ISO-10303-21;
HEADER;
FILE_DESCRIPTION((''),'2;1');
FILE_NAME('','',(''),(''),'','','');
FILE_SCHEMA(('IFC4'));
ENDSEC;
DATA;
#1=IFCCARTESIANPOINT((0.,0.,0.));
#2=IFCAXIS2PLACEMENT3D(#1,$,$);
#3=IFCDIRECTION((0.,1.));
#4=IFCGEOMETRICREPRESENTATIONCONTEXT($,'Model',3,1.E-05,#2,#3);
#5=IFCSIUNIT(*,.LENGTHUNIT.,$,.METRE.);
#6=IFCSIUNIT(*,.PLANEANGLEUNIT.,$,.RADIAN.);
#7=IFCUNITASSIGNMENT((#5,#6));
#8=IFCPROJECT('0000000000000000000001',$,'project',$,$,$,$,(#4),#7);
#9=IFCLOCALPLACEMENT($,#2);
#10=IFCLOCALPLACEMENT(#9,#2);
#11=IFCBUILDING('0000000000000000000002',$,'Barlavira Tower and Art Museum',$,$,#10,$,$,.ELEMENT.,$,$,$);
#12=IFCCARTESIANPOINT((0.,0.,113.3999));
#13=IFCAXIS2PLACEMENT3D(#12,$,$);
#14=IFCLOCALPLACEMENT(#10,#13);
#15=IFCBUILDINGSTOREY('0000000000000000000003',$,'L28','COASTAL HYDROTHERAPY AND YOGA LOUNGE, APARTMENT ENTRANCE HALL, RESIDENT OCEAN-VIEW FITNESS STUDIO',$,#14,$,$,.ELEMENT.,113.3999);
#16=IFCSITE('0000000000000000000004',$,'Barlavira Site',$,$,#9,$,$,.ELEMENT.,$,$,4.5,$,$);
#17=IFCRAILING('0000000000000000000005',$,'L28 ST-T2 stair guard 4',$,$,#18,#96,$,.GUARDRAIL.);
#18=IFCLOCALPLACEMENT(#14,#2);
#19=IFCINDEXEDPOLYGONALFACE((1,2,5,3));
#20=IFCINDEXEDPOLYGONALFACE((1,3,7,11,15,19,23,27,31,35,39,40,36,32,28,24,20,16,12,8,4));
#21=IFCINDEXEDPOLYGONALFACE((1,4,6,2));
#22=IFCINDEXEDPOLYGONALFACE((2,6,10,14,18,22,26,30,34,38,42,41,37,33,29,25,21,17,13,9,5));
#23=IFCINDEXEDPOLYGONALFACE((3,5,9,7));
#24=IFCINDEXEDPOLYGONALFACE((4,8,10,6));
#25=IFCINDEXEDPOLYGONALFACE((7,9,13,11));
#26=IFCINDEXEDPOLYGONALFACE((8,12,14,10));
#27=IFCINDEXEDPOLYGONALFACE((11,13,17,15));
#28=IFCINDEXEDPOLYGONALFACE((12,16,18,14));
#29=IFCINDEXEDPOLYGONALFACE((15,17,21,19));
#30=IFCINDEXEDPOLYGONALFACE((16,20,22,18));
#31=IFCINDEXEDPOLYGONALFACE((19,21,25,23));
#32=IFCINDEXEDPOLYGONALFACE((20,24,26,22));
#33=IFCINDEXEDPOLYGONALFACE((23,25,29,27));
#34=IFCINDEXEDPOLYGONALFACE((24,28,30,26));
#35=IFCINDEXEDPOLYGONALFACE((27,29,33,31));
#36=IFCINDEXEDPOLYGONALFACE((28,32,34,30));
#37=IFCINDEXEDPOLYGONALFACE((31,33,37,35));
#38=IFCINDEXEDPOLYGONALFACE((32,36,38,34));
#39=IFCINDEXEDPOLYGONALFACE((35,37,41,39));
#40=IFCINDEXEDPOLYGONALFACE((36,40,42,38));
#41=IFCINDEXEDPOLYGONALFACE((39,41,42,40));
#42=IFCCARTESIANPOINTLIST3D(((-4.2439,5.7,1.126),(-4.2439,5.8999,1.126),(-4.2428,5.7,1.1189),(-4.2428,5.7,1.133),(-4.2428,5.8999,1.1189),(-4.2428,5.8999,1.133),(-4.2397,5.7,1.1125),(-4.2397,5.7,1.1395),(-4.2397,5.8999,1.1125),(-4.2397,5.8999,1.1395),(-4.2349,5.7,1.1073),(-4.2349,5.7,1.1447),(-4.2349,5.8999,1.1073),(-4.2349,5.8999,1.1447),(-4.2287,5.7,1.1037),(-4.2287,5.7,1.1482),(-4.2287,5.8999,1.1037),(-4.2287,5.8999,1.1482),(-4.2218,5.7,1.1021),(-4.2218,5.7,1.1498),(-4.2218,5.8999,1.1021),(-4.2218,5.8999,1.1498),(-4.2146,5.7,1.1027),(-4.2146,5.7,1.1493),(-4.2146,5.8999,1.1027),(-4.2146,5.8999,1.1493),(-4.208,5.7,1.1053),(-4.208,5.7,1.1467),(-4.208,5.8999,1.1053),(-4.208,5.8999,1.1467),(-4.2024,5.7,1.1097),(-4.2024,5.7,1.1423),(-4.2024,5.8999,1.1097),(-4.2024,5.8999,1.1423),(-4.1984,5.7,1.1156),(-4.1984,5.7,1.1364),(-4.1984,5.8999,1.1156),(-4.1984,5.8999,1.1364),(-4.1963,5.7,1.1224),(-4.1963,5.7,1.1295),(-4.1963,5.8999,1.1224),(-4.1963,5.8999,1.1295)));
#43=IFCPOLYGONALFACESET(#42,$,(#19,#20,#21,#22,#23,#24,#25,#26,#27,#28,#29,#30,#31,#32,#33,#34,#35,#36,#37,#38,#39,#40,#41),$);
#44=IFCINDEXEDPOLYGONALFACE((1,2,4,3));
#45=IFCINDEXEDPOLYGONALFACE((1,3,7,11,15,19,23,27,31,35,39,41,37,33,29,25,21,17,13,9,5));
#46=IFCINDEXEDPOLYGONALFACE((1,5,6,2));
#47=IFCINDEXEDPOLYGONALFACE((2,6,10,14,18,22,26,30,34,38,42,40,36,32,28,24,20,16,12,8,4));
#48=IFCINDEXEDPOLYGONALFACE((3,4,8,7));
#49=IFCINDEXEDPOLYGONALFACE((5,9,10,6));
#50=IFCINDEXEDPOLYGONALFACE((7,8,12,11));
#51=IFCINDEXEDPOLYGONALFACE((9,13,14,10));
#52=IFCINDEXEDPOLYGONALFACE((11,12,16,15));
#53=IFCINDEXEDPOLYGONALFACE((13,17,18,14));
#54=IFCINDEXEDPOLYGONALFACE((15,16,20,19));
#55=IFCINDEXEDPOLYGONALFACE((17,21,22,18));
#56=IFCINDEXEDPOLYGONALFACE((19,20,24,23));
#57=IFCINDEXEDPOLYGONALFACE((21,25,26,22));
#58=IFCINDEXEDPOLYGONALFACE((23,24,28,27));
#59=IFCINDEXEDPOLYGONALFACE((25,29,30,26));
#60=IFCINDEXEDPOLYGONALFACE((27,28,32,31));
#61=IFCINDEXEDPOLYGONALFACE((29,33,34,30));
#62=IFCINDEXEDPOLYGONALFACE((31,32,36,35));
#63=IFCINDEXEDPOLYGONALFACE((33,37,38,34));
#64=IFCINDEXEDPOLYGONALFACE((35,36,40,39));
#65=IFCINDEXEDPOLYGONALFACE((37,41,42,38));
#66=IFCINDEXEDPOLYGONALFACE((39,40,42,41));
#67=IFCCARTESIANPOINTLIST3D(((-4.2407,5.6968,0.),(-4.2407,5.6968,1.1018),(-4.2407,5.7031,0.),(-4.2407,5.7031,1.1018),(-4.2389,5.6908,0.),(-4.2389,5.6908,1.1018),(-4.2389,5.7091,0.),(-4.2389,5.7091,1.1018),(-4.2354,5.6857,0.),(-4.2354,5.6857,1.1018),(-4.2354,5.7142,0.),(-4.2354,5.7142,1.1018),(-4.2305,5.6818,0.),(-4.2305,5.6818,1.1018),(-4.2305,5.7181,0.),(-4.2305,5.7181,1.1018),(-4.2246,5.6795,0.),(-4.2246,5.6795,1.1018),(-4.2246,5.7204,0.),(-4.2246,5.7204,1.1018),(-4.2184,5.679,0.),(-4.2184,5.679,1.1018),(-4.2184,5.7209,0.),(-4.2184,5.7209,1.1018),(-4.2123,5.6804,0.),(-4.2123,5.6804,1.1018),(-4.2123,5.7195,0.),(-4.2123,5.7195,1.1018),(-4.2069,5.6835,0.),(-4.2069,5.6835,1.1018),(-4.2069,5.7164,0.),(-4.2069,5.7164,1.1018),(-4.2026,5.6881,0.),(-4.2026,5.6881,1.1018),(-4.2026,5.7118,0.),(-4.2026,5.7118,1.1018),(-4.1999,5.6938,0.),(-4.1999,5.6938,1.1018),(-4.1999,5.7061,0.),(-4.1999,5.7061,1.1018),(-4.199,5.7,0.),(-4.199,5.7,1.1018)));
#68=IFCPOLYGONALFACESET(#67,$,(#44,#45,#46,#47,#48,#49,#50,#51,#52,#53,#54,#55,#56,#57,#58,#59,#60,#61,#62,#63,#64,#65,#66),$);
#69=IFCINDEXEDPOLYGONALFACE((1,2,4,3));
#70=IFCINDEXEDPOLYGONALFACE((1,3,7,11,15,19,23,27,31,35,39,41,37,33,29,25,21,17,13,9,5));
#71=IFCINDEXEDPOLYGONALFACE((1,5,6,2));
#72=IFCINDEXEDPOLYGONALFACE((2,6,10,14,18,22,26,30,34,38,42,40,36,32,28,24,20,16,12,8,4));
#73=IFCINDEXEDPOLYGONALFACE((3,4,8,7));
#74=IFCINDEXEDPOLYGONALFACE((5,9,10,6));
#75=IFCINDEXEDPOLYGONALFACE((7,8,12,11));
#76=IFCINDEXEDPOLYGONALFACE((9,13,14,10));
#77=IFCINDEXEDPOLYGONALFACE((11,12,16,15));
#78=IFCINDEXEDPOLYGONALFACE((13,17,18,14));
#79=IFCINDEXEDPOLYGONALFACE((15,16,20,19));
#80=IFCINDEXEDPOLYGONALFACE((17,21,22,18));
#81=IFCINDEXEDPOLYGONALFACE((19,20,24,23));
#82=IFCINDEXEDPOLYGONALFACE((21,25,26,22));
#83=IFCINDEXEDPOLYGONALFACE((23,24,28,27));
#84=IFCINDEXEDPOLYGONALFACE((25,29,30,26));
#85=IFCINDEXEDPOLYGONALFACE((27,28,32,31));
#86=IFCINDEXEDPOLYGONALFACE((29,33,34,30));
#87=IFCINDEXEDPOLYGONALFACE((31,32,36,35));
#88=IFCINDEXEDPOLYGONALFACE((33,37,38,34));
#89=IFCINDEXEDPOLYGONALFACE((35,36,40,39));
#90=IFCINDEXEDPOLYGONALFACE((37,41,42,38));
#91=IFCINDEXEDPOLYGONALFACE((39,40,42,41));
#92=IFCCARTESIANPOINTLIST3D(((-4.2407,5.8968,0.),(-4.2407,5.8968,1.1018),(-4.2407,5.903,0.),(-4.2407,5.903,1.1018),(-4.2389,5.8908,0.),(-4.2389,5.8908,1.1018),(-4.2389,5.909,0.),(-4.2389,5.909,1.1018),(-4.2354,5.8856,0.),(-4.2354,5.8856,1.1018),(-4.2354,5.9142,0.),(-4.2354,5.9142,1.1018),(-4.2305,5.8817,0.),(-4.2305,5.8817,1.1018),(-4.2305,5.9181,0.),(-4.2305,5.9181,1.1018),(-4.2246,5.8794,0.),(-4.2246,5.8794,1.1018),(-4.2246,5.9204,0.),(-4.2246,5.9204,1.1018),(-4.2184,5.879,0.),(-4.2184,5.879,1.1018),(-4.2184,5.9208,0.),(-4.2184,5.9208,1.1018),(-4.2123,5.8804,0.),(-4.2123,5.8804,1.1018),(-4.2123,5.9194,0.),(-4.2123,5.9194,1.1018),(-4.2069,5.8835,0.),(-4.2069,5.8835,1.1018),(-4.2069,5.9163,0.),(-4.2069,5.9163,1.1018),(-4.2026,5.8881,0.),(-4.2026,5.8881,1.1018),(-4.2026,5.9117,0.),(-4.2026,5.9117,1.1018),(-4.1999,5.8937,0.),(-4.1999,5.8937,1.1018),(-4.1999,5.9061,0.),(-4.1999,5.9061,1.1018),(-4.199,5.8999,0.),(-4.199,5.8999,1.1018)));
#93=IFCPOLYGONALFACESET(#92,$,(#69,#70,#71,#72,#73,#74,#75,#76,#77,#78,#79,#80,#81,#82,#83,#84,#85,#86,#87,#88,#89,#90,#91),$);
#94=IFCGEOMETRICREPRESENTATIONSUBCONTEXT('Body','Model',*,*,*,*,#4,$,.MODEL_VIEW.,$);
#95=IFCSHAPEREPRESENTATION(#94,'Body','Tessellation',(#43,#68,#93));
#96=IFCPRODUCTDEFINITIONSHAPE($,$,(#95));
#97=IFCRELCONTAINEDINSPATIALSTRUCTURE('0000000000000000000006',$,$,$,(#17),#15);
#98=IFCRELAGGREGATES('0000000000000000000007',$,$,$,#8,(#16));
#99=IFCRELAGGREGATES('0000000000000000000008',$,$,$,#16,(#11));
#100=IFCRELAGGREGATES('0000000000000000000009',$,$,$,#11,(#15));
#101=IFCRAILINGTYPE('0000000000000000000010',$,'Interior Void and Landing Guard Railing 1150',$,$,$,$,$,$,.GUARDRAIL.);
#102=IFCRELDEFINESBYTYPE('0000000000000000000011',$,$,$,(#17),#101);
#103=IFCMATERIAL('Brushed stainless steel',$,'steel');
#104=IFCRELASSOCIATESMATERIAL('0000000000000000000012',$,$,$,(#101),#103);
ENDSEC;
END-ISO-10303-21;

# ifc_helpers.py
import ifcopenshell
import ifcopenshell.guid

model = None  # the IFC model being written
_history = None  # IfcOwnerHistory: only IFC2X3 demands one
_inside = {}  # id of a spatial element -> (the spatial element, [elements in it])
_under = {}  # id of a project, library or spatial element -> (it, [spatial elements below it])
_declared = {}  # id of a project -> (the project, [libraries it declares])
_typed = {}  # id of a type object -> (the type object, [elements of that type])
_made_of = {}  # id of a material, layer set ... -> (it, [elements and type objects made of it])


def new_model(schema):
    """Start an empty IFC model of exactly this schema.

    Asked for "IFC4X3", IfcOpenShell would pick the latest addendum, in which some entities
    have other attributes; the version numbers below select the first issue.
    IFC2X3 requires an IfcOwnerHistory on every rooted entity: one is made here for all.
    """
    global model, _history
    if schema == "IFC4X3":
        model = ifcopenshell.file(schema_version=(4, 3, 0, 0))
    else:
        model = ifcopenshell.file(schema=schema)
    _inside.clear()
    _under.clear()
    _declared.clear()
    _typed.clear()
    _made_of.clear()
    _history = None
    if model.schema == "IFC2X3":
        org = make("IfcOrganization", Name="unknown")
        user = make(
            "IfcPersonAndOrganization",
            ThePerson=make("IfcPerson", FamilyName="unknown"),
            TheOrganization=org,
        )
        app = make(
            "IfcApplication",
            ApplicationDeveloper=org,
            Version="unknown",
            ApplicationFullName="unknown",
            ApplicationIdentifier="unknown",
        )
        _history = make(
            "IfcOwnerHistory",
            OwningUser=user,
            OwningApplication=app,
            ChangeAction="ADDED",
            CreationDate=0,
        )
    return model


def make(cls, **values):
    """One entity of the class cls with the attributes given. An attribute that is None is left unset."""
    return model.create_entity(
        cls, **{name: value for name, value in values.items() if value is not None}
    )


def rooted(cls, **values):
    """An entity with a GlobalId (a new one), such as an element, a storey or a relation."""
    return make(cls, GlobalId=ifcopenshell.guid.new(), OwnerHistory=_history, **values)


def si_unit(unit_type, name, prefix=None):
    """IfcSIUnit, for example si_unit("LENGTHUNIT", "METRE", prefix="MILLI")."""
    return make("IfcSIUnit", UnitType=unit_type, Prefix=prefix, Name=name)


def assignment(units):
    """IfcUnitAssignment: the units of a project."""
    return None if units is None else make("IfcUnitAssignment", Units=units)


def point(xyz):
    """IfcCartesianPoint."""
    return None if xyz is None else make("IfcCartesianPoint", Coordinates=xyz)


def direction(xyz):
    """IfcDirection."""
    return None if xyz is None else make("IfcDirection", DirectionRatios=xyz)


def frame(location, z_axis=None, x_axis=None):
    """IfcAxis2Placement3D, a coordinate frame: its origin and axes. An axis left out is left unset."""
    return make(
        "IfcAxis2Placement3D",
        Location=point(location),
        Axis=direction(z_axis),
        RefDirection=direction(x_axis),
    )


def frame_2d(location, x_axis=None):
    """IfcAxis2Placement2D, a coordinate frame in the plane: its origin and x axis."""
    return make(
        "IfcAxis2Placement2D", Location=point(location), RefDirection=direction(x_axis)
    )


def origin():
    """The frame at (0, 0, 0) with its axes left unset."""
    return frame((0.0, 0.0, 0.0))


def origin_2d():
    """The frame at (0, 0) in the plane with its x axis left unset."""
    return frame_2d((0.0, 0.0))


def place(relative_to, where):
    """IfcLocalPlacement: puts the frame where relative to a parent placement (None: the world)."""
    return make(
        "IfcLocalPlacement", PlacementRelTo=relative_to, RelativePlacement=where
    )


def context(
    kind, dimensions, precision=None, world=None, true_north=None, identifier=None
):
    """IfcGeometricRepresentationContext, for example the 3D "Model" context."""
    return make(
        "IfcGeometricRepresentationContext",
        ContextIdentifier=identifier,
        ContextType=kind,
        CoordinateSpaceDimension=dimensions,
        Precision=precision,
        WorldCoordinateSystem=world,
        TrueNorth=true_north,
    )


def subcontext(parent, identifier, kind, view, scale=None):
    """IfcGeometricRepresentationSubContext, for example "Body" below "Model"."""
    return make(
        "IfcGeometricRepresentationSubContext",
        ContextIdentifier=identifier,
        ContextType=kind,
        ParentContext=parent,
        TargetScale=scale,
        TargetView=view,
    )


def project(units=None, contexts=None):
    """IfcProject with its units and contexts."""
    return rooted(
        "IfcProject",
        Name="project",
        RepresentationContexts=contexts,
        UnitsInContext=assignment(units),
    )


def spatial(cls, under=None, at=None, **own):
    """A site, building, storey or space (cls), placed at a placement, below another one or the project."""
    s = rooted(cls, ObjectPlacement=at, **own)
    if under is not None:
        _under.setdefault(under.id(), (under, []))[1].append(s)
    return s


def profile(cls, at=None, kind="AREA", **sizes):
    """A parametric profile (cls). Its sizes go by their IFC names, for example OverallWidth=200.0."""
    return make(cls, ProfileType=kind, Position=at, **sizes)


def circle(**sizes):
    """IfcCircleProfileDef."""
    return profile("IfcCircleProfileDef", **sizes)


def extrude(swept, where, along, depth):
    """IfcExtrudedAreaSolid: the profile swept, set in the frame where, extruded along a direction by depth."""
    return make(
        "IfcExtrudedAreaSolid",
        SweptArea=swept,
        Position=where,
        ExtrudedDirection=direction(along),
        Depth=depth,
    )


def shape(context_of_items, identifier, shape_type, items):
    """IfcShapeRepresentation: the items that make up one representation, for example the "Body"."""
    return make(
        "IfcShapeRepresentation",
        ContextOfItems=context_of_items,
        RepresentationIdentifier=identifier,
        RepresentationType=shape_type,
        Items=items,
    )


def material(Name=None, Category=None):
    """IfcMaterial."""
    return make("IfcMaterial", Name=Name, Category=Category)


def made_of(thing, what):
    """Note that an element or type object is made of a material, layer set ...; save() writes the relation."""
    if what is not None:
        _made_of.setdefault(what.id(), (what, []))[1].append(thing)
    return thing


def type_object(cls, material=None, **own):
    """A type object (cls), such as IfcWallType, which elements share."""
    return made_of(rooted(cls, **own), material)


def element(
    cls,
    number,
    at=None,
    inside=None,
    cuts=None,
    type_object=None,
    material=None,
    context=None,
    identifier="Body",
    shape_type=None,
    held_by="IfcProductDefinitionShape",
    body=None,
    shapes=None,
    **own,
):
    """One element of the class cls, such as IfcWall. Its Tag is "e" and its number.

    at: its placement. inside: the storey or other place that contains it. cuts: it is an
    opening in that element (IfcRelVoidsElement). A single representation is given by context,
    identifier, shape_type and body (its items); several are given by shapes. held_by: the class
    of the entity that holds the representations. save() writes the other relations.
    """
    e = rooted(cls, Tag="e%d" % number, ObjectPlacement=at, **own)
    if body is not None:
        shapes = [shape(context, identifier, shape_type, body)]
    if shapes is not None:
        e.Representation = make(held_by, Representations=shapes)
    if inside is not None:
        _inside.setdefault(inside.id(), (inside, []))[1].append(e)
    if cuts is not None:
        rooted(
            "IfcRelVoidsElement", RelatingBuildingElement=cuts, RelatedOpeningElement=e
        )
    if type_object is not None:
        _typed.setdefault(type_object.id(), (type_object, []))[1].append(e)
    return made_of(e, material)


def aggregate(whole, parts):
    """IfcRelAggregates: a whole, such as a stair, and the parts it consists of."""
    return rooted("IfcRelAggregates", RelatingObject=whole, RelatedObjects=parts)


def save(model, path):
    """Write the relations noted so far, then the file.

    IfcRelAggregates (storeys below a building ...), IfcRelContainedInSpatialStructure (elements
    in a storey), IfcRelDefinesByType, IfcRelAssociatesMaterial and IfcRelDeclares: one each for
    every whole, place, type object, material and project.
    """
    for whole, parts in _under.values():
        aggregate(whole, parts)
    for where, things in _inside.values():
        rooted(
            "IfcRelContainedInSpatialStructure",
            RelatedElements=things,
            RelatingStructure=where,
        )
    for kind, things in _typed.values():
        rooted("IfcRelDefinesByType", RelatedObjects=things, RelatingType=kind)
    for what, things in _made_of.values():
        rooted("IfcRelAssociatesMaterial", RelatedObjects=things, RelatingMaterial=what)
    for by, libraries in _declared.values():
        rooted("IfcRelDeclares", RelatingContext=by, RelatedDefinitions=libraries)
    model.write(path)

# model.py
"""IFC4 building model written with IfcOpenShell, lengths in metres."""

from ifc_helpers import new_model, si_unit, direction, frame, origin, origin_2d, place, context, subcontext, project, spatial, circle, extrude, material, type_object, element, save


model = new_model("IFC4")

# Units and contexts
model_context = context("Model", 3, precision=1e-05, world=origin(), true_north=direction((0.0, 1.0)))
body_context = subcontext(model_context, "Body", "Model", "MODEL_VIEW")
ifc_project = project(units=[si_unit("LENGTHUNIT", "METRE"), si_unit("PLANEANGLEUNIT", "RADIAN")], contexts=[model_context])

# Site, building, storey
site_placement = place(None, origin())
site = spatial("IfcSite", under=ifc_project, at=site_placement, Name="Barlavira Site", CompositionType="ELEMENT", RefElevation=4.5)
building_placement = place(site_placement, origin())
building = spatial("IfcBuilding", under=site, at=building_placement, Name="Barlavira Tower and Art Museum", CompositionType="ELEMENT")
storey_placement = place(building_placement, frame((0.0, 0.0, 113.3999)))
storey = spatial("IfcBuildingStorey", under=building, at=storey_placement, Name="L28", Description="COASTAL HYDROTHERAPY AND YOGA LOUNGE, APARTMENT ENTRANCE HALL, RESIDENT OCEAN-VIEW FITNESS STUDIO", CompositionType="ELEMENT", Elevation=113.3999)

# Shared definitions
ifc_material_1 = material(Name="Brushed stainless steel", Category="steel")

# Railing
railing_type_1 = type_object("IfcRailingType", Name="Interior Void and Landing Guard Railing 1150", PredefinedType="GUARDRAIL", material=ifc_material_1)
railing_1_placement = place(storey_placement, frame((-4.22, 5.7, 0.0)))
element("IfcRailing", 1, at=railing_1_placement, inside=storey, type_object=railing_type_1, Name="L28 ST-T2 stair guard 4", PredefinedType="GUARDRAIL", context=body_context, shape_type="SweptSolid", body=[
    extrude(circle(Radius=0.0239, at=origin_2d()), frame((0.0, 0.0, 1.126), z_axis=(0.0, 1.0, 0.0), x_axis=(-1.0, 0.0, 0.0)), (0.0, 0.0, 1.0), 0.2),
    extrude(circle(Radius=0.021, at=origin_2d()), origin(), (0.0, 0.0, 1.0), 1.1018),
    extrude(circle(Radius=0.021, at=origin_2d()), frame((0.0, 0.2, 0.0)), (0.0, 0.0, 1.0), 1.1018),
])

save(model, "model.ifc")
